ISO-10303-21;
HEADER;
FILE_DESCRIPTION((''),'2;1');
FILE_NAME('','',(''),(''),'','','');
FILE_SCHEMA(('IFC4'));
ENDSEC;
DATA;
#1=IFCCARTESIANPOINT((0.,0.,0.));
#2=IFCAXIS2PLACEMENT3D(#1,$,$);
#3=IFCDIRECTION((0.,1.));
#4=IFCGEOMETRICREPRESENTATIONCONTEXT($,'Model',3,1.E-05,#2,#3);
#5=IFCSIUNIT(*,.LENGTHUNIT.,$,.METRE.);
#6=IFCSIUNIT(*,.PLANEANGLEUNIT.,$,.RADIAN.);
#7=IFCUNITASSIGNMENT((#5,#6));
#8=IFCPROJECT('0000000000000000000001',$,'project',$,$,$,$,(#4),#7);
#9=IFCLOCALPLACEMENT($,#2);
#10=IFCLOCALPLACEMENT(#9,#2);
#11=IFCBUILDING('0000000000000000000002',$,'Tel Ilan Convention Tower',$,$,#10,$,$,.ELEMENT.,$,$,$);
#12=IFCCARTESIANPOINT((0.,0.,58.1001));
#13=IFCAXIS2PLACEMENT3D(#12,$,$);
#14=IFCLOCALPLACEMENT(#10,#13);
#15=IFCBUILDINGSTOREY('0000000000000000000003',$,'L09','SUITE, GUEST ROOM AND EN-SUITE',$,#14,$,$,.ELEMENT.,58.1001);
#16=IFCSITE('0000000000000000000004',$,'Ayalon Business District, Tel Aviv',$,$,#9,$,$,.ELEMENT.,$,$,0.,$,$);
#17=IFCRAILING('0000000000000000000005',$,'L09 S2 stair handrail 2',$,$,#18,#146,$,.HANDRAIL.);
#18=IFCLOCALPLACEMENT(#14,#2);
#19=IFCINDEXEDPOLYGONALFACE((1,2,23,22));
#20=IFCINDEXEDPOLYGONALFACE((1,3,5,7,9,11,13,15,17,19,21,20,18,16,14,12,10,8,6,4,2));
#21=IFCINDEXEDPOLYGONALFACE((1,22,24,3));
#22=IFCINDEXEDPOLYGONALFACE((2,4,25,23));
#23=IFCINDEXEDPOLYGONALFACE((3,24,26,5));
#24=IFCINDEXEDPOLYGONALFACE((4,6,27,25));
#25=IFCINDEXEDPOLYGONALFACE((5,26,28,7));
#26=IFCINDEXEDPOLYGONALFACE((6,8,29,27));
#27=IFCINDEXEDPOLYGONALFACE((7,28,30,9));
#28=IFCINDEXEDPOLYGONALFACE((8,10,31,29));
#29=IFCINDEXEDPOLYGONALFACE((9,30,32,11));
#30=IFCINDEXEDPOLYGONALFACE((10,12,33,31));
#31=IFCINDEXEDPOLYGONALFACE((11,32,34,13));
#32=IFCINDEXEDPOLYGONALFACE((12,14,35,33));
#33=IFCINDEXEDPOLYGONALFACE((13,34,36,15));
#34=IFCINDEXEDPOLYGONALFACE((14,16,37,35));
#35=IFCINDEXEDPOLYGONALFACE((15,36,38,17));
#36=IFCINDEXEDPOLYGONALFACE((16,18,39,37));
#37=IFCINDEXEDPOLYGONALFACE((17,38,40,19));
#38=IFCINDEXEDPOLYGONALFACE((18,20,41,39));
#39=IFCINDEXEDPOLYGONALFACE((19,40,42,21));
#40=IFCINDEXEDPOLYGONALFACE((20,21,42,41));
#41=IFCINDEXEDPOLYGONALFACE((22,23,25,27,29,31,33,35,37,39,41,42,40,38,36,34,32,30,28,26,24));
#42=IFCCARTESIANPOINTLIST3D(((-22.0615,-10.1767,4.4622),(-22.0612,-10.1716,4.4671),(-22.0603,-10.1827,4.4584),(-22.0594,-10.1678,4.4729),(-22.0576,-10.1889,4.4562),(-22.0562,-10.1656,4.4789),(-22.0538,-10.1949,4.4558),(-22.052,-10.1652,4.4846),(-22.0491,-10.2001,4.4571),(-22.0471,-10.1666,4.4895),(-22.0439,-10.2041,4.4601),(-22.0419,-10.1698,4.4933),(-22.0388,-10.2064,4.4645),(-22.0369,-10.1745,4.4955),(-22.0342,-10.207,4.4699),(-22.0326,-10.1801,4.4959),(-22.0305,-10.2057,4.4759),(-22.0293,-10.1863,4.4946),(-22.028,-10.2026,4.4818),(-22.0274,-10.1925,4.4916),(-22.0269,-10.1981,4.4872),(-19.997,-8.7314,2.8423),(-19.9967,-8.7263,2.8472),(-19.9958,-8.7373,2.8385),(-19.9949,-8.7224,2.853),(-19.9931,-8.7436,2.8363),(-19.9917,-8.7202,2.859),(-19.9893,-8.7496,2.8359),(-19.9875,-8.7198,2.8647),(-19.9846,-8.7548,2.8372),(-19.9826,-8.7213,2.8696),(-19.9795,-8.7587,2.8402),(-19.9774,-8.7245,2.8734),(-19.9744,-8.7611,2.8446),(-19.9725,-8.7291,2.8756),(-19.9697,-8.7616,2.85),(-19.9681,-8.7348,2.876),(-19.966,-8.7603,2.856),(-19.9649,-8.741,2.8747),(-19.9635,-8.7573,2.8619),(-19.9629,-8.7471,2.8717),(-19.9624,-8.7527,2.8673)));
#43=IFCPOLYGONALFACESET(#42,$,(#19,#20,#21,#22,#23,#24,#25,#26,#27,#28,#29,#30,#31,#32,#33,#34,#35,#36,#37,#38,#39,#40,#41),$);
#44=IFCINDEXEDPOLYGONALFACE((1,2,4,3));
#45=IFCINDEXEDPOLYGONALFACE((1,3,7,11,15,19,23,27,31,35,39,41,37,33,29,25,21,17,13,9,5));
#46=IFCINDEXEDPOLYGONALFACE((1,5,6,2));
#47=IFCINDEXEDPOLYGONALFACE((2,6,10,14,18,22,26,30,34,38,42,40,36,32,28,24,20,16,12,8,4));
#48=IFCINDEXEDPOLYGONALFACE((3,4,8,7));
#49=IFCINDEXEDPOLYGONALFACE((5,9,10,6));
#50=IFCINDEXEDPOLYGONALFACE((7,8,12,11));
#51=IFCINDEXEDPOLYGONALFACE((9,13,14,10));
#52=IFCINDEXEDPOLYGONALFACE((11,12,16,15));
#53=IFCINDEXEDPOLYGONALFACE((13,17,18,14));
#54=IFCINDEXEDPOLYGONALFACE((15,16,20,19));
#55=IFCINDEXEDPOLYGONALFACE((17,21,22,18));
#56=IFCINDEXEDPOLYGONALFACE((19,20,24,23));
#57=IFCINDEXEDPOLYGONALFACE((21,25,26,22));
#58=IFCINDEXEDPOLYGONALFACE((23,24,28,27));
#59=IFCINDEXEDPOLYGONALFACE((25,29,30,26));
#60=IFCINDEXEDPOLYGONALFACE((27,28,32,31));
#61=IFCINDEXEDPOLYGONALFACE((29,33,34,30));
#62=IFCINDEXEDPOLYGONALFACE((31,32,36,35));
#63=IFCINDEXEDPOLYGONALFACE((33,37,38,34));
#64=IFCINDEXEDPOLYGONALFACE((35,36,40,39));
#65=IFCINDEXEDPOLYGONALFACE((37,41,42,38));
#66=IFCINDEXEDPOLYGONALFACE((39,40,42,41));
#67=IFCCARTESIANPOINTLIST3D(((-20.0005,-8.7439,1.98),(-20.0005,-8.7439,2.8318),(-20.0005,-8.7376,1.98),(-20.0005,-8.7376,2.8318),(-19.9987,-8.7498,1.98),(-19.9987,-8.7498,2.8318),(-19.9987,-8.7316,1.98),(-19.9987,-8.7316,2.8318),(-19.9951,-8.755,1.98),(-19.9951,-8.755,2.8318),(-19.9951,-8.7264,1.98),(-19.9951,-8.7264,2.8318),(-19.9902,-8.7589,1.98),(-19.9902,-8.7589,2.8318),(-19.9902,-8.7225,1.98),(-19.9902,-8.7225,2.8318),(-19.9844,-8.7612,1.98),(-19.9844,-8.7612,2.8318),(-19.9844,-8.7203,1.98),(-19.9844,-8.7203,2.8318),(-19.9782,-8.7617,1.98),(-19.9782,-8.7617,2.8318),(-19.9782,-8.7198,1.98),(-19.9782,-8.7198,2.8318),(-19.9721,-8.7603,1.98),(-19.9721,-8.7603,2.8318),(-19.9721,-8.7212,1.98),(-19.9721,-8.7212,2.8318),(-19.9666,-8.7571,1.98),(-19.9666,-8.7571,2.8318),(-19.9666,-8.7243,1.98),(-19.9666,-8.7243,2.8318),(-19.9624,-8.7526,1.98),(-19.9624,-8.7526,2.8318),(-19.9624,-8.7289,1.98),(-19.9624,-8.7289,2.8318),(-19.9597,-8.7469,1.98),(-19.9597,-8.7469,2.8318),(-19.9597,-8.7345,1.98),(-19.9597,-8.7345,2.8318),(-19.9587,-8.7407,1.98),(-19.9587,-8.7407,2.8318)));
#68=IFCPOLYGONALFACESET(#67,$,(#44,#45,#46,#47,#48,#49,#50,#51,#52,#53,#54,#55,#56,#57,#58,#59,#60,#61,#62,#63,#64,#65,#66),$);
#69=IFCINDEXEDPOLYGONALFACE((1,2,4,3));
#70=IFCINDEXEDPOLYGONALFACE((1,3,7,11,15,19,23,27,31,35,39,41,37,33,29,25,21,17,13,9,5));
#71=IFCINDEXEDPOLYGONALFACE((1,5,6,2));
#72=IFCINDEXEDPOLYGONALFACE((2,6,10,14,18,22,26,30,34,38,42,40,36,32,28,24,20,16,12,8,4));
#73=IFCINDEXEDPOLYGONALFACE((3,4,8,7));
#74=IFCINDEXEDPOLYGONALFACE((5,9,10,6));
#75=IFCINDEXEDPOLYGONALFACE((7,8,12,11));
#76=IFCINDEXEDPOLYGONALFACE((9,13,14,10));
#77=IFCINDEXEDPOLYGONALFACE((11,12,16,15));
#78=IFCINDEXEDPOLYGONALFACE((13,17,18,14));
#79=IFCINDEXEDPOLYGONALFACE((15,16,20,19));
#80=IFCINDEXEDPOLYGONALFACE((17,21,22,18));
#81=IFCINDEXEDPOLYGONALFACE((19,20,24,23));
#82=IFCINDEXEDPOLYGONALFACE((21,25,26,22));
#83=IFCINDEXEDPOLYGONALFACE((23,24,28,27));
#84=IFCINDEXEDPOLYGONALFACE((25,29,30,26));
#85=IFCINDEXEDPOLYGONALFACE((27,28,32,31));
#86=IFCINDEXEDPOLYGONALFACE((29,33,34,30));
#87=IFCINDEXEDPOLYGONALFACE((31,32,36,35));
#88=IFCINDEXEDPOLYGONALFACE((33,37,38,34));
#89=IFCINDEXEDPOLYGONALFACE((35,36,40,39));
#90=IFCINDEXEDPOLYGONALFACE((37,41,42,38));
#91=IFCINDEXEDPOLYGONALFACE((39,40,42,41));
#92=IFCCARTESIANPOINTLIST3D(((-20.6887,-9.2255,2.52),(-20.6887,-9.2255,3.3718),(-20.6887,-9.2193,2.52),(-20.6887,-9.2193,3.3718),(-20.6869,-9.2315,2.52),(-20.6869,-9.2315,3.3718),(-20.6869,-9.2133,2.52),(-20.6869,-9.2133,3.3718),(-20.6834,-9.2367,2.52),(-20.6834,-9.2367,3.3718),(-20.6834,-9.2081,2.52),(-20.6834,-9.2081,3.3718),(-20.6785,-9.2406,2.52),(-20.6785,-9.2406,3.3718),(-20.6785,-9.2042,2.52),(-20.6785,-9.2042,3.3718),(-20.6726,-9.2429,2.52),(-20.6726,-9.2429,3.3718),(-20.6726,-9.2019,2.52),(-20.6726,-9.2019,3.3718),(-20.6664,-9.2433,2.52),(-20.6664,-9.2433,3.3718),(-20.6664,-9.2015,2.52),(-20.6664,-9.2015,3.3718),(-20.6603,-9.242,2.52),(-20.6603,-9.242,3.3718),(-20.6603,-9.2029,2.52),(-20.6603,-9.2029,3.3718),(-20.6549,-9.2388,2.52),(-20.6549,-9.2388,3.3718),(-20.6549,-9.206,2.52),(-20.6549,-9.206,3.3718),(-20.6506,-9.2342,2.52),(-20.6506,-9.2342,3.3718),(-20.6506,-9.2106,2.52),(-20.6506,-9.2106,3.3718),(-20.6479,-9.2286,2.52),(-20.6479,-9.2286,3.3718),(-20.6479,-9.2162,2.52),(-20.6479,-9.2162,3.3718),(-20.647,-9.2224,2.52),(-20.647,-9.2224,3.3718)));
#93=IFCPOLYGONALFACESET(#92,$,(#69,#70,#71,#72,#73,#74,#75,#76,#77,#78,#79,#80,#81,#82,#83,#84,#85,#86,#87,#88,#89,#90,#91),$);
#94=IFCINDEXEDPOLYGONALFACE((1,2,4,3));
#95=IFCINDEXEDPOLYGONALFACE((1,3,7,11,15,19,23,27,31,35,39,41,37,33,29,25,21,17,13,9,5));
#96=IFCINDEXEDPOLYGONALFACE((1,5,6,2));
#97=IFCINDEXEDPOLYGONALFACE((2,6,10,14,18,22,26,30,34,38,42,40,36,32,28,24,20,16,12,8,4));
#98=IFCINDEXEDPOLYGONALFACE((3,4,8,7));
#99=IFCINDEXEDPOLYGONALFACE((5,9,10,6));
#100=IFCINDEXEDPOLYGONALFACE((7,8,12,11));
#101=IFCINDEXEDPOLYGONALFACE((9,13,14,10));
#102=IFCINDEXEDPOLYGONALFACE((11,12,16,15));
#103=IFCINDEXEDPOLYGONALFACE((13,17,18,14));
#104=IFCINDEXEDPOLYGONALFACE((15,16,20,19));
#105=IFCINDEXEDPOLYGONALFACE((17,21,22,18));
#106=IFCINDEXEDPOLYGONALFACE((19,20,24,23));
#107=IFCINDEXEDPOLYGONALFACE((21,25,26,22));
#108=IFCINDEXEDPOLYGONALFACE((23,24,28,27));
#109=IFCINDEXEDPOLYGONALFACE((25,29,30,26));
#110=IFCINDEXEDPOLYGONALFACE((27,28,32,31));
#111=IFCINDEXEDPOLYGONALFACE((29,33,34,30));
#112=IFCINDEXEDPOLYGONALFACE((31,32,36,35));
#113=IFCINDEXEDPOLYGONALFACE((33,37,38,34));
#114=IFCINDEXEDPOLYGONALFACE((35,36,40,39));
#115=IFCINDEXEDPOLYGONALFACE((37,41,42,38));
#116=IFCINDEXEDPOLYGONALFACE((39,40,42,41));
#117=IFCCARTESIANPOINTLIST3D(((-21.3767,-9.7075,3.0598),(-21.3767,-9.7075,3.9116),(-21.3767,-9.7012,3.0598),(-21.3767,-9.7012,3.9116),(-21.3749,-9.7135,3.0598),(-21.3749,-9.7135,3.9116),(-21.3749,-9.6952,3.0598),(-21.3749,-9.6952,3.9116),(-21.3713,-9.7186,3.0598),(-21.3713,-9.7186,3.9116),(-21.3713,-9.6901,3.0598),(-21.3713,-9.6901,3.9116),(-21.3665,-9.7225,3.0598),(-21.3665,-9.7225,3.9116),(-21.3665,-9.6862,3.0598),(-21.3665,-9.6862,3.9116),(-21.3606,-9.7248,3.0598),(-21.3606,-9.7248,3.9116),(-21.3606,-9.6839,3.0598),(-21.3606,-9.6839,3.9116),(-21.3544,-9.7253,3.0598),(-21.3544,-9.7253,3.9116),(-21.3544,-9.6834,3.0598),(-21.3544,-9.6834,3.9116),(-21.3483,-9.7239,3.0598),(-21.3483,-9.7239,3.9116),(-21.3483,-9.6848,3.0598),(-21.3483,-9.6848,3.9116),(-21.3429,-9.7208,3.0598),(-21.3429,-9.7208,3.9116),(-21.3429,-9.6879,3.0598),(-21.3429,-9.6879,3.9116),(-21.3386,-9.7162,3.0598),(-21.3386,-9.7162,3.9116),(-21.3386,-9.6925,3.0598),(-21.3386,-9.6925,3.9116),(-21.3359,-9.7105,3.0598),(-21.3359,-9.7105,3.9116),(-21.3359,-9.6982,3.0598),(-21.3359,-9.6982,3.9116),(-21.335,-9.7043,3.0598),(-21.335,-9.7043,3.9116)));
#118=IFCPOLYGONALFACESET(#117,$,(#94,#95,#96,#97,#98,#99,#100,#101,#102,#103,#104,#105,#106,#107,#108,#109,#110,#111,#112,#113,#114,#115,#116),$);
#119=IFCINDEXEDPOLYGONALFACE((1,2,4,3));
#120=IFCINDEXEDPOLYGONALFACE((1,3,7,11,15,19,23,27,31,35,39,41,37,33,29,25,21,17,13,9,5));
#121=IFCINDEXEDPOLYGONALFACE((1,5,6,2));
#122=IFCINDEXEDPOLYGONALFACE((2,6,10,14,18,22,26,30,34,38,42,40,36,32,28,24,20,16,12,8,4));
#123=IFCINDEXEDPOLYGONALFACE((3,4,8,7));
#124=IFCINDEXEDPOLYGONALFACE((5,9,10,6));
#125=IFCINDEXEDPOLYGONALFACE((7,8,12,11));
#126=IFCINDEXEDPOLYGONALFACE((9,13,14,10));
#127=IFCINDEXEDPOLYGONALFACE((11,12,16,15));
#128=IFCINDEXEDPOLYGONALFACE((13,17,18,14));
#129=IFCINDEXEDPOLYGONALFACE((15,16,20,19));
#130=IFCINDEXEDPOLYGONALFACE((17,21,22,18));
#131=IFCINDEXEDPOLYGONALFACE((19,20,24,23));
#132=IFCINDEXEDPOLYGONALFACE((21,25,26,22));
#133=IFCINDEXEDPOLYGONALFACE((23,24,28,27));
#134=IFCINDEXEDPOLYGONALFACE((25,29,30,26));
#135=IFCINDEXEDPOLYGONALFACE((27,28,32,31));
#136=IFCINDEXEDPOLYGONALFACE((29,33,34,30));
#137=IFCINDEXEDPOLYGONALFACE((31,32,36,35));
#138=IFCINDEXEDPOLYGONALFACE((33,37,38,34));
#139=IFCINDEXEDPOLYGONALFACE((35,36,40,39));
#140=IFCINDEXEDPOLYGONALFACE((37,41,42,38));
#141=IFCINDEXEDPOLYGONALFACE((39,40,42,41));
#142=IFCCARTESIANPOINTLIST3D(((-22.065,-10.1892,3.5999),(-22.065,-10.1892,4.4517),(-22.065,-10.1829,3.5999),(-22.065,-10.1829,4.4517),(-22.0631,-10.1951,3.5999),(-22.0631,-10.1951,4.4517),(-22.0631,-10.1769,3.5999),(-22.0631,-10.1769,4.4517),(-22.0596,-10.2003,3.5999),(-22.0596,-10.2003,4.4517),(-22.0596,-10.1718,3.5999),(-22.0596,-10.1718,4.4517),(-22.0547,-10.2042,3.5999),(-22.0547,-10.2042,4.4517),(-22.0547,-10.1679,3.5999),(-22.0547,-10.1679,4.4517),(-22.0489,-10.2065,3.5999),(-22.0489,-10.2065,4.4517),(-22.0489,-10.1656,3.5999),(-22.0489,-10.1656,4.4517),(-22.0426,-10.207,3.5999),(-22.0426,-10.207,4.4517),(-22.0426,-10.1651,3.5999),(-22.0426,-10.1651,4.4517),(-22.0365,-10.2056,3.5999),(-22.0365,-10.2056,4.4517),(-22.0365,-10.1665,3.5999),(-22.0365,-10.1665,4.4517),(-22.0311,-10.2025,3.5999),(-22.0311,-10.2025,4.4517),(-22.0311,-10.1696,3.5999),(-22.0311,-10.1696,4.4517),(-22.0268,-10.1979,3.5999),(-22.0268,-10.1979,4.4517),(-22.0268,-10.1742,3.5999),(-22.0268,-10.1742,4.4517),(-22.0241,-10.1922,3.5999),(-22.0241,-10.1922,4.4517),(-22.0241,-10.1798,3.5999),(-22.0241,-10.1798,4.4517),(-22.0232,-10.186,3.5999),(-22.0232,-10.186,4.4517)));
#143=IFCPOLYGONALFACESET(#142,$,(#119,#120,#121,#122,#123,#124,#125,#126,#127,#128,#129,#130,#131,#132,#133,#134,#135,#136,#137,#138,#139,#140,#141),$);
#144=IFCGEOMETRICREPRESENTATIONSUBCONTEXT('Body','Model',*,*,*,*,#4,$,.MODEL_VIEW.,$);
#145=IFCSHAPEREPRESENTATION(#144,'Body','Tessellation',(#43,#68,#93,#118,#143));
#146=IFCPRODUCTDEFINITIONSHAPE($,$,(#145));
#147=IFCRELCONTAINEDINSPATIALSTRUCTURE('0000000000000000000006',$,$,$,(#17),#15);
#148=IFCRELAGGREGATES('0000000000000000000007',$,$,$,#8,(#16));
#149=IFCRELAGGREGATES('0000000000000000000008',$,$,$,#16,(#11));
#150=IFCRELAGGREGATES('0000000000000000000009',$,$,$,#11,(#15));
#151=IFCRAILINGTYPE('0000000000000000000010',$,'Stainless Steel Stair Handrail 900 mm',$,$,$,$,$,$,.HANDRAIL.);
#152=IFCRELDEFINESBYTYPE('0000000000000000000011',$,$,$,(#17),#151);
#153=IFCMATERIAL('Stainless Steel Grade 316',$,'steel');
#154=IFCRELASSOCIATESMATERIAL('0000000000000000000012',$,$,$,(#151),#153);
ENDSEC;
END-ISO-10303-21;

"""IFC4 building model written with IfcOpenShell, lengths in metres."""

from ifc_helpers import new_model, si_unit, direction, frame, origin, origin_2d, place, context, subcontext, project, spatial, circle, extrude, material, type_object, element, save


model = new_model("IFC4")

# Units and contexts
model_context = context("Model", 3, precision=1e-05, world=origin(), true_north=direction((0.0, 1.0)))
body_context = subcontext(model_context, "Body", "Model", "MODEL_VIEW")
ifc_project = project(units=[si_unit("LENGTHUNIT", "METRE"), si_unit("PLANEANGLEUNIT", "RADIAN")], contexts=[model_context])

# Site, building, storey
site_placement = place(None, origin())
site = spatial("IfcSite", under=ifc_project, at=site_placement, Name="Ayalon Business District, Tel Aviv", CompositionType="ELEMENT", RefElevation=0.0)
building_placement = place(site_placement, origin())
building = spatial("IfcBuilding", under=site, at=building_placement, Name="Tel Ilan Convention Tower", CompositionType="ELEMENT")
storey_placement = place(building_placement, frame((0.0, 0.0, 58.1001)))
storey = spatial("IfcBuildingStorey", under=building, at=storey_placement, Name="L09", Description="SUITE, GUEST ROOM AND EN-SUITE", CompositionType="ELEMENT", Elevation=58.1001)

# Railing
ifc_material_1 = material(Name="Stainless Steel Grade 316", Category="steel")
railing_type_1 = type_object("IfcRailingType", Name="Stainless Steel Stair Handrail 900 mm", PredefinedType="HANDRAIL", material=ifc_material_1)
railing_1_placement = place(storey_placement, frame((-19.9797, -8.7407, 1.98)))
element("IfcRailing", 1, at=railing_1_placement, inside=storey, type_object=railing_type_1, Name="L09 S2 stair handrail 2", PredefinedType="HANDRAIL", context=body_context, shape_type="SweptSolid", body=[
    extrude(circle(Radius=0.0239, at=origin_2d()), frame((0.0, 0.0, 0.876), z_axis=(-0.689113, -0.482444, 0.540713), x_axis=(0.573514, -0.819196, 0.0)), (0.0, 0.0, 1.0), 2.9958),
    extrude(circle(Radius=0.021, at=origin_2d()), origin(), (0.0, 0.0, 1.0), 0.8518),
    extrude(circle(Radius=0.021, at=origin_2d()), frame((-0.6882, -0.4817, 0.54)), (0.0, 0.0, 1.0), 0.8518),
    extrude(circle(Radius=0.021, at=origin_2d()), frame((-1.3762, -0.9636, 1.0798)), (0.0, 0.0, 1.0), 0.8518),
    extrude(circle(Radius=0.021, at=origin_2d()), frame((-2.0645, -1.4453, 1.6199)), (0.0, 0.0, 1.0), 0.8518),
])

save(model, "model.ifc")
